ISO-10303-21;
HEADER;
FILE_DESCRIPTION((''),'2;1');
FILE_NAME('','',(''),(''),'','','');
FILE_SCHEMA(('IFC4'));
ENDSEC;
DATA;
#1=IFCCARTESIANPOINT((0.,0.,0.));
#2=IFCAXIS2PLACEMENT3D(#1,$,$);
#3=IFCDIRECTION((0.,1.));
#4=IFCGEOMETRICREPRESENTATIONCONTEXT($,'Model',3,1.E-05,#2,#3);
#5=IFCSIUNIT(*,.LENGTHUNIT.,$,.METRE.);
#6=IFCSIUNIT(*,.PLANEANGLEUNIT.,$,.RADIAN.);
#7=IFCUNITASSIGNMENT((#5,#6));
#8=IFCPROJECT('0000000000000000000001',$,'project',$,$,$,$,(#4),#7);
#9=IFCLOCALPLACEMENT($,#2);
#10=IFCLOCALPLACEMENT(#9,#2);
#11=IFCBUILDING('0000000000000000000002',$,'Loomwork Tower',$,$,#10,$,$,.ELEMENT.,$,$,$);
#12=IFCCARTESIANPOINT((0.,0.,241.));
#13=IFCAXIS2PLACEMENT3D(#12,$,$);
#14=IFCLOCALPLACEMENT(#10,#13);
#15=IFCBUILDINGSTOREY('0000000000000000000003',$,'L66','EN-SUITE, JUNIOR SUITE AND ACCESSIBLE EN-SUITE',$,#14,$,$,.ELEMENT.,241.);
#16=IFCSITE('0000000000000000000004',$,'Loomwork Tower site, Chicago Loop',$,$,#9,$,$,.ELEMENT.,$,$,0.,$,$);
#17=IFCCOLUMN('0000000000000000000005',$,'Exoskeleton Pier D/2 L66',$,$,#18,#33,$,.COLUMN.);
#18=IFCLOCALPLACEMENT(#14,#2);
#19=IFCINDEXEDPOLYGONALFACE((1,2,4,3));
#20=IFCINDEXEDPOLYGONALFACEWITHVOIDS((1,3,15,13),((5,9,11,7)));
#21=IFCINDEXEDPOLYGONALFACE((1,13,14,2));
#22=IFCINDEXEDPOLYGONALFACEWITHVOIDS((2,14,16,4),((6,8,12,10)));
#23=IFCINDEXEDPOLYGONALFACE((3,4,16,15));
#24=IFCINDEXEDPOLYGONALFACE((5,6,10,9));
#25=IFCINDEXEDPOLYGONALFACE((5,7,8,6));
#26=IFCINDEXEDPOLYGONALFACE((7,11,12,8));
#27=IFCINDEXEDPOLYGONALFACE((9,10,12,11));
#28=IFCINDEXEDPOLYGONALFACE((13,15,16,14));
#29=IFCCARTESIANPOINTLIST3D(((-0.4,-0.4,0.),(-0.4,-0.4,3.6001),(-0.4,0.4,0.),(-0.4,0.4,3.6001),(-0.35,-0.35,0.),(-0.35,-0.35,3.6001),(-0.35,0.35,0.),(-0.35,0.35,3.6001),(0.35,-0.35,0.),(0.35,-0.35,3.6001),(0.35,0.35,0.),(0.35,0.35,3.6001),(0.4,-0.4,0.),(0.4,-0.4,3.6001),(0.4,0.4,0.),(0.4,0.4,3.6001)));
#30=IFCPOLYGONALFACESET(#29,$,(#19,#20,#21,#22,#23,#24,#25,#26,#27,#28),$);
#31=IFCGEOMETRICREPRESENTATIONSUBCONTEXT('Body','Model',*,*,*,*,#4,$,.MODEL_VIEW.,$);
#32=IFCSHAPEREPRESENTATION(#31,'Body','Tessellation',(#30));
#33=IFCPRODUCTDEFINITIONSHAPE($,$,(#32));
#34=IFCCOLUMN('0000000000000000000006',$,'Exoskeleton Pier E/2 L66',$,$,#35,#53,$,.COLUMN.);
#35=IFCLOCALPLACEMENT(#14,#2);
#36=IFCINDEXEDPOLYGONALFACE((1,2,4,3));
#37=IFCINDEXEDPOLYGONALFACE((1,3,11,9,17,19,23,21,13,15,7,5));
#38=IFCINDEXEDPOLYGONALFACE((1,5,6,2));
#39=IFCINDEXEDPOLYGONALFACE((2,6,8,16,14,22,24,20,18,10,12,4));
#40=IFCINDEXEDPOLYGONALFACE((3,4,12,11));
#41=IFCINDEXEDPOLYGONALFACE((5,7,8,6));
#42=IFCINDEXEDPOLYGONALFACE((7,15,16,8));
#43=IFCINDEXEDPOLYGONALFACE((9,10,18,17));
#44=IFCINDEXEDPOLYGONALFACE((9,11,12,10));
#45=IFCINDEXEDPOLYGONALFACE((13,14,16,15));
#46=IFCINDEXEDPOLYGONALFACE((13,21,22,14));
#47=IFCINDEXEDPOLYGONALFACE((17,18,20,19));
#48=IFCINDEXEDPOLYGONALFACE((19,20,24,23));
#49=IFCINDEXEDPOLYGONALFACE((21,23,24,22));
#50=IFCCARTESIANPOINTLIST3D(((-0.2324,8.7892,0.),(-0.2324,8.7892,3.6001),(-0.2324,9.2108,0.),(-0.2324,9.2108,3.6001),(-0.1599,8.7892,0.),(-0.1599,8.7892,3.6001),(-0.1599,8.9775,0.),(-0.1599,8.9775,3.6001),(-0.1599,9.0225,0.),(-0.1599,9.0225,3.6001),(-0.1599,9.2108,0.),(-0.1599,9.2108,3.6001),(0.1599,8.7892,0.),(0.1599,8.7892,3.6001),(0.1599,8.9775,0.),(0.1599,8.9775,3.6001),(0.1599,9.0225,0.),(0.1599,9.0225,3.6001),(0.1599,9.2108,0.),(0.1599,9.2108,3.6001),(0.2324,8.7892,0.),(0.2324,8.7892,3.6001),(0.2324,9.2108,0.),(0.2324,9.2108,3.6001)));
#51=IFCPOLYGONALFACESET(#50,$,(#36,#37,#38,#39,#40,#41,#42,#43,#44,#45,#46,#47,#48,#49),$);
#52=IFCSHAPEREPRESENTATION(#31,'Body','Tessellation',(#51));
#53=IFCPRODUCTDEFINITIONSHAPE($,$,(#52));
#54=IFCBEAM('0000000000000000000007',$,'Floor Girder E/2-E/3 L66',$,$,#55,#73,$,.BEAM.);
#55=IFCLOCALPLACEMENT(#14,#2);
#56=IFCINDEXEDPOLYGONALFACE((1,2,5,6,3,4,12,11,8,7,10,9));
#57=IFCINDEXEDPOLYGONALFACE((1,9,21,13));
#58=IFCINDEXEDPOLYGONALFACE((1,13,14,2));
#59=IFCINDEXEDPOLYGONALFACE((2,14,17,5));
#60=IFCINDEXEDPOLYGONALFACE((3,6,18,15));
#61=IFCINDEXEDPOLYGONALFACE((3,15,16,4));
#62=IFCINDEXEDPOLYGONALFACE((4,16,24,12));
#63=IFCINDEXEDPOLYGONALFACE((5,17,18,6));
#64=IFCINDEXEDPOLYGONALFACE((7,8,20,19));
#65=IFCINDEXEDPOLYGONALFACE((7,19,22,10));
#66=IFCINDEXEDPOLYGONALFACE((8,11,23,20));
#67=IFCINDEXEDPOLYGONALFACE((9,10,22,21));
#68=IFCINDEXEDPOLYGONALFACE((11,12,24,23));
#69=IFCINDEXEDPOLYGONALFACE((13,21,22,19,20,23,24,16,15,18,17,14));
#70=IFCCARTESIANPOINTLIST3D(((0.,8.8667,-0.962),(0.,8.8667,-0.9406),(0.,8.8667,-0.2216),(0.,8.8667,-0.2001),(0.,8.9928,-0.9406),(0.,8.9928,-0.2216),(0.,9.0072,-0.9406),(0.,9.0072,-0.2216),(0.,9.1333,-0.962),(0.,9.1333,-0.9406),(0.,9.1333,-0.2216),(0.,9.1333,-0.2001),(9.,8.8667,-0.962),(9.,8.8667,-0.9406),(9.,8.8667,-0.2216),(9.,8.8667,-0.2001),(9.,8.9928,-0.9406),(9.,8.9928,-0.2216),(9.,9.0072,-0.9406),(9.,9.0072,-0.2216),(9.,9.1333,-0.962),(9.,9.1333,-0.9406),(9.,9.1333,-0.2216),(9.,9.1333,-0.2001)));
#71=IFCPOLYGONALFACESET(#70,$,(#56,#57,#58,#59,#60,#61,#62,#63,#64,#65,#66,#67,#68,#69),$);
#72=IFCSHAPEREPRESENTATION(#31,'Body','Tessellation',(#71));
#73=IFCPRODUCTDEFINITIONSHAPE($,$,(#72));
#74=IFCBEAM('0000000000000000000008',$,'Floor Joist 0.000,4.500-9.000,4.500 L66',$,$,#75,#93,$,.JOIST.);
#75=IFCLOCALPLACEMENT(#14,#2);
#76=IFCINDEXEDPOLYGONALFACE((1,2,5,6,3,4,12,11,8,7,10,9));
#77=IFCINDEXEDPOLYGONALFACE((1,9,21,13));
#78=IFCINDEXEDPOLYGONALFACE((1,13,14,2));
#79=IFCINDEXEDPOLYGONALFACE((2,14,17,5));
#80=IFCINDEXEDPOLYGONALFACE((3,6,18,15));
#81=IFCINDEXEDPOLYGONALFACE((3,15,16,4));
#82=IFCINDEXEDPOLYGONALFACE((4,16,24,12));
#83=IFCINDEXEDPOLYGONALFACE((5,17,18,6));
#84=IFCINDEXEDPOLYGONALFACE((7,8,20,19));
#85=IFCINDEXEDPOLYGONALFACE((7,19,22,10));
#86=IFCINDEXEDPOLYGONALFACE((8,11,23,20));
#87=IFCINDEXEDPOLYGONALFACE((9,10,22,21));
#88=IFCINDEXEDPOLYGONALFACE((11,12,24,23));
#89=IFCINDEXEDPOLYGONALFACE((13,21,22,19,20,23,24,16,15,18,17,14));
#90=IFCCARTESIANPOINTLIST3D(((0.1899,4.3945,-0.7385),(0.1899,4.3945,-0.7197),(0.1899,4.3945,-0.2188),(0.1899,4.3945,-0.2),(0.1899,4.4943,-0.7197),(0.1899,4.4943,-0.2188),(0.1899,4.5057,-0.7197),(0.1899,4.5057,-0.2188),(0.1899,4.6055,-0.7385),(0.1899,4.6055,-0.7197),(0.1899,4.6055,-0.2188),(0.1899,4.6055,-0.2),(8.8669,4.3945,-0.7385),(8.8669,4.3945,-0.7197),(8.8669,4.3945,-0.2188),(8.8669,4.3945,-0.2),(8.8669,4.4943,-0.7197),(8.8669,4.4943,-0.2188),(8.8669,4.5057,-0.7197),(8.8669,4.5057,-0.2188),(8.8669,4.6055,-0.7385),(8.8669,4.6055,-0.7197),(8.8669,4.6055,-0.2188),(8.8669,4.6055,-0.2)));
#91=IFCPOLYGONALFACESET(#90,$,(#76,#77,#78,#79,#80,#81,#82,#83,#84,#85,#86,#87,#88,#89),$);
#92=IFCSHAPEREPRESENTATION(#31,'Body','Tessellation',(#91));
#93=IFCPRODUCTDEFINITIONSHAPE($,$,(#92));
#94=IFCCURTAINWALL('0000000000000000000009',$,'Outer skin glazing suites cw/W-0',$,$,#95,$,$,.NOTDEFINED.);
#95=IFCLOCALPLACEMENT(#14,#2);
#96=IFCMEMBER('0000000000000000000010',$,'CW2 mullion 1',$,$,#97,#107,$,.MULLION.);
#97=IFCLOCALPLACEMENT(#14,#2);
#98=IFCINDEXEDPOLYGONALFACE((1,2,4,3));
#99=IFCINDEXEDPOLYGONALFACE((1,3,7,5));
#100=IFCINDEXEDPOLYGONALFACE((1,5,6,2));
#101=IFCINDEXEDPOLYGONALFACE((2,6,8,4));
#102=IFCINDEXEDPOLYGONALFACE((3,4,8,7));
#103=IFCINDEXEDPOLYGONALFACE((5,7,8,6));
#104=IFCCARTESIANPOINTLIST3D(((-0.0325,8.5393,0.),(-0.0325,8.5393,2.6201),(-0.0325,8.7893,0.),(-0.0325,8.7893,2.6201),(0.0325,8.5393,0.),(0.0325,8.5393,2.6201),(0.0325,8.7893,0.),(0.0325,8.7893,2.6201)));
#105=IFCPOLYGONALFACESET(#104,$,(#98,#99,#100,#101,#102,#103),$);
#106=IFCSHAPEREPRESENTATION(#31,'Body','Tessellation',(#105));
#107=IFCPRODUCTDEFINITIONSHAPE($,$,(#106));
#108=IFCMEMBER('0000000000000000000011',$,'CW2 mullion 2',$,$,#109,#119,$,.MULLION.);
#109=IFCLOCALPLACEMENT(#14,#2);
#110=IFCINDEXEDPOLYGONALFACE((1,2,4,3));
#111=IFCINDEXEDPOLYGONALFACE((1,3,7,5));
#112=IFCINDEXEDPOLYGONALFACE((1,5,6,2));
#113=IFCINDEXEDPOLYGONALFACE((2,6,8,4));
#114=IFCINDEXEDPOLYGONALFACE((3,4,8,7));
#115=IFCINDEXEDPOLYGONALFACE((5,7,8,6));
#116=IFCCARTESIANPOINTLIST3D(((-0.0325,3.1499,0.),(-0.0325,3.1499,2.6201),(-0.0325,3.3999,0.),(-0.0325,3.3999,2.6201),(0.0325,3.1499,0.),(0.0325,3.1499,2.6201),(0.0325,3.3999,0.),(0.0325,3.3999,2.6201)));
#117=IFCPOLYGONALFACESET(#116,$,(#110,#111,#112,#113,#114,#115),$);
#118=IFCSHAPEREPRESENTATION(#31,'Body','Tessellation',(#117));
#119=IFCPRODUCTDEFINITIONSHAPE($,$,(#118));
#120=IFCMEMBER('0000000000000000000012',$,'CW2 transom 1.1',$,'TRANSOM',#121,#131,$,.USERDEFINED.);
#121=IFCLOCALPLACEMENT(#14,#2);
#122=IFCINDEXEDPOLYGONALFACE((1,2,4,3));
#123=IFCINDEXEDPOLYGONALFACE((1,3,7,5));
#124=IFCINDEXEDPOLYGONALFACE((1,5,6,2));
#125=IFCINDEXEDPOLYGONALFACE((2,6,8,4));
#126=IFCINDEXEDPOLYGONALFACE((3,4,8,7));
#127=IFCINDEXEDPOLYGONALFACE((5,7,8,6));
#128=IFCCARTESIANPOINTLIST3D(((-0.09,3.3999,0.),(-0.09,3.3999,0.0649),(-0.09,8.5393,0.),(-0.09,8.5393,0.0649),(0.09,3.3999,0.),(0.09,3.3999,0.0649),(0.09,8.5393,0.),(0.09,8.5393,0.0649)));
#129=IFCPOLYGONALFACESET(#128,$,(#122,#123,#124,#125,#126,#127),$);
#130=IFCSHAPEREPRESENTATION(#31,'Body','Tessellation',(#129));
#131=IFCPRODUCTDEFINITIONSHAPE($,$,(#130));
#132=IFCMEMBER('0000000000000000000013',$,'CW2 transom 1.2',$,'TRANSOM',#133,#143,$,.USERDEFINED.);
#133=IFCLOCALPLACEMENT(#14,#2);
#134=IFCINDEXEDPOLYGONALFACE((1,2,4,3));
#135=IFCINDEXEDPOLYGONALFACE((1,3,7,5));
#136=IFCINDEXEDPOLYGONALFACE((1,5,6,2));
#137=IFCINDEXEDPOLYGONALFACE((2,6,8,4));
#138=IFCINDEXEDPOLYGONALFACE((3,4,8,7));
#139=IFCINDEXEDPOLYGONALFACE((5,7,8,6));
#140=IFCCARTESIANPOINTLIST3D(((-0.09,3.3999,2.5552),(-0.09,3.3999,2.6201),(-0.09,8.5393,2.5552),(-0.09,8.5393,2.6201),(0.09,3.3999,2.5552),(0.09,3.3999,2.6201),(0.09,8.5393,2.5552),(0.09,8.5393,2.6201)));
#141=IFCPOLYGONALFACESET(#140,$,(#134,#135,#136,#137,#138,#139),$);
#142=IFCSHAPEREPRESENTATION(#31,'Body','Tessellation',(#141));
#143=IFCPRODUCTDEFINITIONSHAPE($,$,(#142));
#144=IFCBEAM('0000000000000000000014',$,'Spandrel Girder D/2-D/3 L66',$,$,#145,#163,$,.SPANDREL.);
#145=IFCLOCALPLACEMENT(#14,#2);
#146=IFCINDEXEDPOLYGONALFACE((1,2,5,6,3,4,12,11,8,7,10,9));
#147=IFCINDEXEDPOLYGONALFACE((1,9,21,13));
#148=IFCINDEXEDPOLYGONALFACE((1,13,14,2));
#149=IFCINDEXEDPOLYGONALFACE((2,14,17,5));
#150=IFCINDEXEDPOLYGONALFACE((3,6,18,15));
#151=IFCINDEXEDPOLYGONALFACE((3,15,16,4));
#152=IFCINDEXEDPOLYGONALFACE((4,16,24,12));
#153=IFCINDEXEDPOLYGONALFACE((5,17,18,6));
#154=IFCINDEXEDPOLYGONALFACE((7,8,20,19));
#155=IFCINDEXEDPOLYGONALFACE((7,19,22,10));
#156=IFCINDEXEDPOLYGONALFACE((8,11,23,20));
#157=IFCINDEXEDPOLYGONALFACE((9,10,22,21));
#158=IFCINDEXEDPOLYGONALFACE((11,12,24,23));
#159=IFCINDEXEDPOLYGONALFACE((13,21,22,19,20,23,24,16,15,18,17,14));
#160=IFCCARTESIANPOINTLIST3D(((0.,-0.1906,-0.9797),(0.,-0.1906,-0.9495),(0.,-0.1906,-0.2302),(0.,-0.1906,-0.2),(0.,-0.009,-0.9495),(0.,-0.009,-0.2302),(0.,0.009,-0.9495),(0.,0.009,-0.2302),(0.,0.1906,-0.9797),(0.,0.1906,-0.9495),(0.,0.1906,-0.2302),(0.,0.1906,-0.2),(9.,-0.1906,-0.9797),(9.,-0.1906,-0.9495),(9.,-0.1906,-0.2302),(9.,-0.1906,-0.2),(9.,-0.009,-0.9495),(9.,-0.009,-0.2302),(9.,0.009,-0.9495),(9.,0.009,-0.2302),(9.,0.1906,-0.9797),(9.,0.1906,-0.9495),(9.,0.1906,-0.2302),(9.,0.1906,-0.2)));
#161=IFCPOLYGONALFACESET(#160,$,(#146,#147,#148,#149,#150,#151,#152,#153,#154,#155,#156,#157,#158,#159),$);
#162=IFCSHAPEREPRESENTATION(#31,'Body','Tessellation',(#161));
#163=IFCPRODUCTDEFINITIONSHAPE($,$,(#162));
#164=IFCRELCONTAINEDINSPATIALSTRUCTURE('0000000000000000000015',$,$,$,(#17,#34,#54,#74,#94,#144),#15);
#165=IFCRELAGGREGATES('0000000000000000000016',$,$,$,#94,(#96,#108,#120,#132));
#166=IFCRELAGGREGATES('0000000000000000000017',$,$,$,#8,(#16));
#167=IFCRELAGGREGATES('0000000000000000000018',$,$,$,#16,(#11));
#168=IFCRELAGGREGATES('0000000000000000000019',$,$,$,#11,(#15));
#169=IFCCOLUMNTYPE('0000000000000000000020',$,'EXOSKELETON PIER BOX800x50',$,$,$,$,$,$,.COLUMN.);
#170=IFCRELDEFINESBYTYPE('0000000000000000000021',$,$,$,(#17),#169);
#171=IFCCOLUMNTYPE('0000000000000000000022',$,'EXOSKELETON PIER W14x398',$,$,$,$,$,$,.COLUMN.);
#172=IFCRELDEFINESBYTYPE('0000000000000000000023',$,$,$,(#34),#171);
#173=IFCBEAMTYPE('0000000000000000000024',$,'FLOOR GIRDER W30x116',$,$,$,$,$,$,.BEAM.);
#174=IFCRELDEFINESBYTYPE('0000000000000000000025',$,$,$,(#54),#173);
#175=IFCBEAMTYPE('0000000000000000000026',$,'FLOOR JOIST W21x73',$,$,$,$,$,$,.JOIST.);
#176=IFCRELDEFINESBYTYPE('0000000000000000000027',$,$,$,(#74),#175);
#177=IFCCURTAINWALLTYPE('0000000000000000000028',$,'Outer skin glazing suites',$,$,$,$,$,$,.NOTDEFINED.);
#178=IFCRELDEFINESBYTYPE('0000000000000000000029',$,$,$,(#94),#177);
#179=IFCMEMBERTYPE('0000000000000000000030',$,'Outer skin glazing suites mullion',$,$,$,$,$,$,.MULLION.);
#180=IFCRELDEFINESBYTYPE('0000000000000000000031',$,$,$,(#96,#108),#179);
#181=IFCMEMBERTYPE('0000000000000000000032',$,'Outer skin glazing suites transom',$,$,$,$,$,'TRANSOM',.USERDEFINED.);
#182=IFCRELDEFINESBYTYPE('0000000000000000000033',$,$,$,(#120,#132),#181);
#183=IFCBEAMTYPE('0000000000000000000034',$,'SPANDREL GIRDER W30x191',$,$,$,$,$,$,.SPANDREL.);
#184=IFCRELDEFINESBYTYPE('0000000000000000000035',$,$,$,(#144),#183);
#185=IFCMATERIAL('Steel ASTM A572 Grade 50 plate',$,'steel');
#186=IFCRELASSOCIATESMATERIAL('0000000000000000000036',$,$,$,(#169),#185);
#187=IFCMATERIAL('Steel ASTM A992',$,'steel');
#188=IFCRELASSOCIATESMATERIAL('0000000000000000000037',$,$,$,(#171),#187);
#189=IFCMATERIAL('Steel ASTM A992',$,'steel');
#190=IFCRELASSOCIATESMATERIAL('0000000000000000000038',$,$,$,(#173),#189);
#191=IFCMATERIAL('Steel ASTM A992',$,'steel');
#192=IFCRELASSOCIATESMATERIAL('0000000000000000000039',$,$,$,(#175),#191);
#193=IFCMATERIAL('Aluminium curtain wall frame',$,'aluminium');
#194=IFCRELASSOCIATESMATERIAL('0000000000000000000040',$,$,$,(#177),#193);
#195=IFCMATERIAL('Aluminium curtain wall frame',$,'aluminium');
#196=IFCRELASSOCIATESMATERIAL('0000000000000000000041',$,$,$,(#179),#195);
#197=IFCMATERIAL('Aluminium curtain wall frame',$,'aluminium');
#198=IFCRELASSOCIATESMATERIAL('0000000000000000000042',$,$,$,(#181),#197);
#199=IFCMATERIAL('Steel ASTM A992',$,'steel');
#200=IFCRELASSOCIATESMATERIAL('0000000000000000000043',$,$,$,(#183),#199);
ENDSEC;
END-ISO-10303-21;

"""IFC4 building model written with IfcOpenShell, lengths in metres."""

from ifc_helpers import new_model, si_unit, direction, frame, origin, origin_with_axes, origin_2d, place, context, subcontext, project, spatial, rectangle, hollow_rectangle, i_section, extrude, material, material_profile, profile_set, type_object, element, aggregate, save


model = new_model("IFC4")

# Units and contexts
model_context = context("Model", 3, precision=1e-05, world=origin(), true_north=direction((0.0, 1.0)))
body_context = subcontext(model_context, "Body", "Model", "MODEL_VIEW")
ifc_project = project(units=[si_unit("LENGTHUNIT", "METRE"), si_unit("PLANEANGLEUNIT", "RADIAN")], contexts=[model_context])

# Site, building, storey
site_placement = place(None, origin())
site = spatial("IfcSite", under=ifc_project, at=site_placement, Name="Loomwork Tower site, Chicago Loop", CompositionType="ELEMENT", RefElevation=0.0)
building_placement = place(site_placement, origin())
building = spatial("IfcBuilding", under=site, at=building_placement, Name="Loomwork Tower", CompositionType="ELEMENT")
storey_placement = place(building_placement, frame((0.0, 0.0, 241.0)))
storey = spatial("IfcBuildingStorey", under=building, at=storey_placement, Name="L66", Description="EN-SUITE, JUNIOR SUITE AND ACCESSIBLE EN-SUITE", CompositionType="ELEMENT", Elevation=241.0)

# Columns
ifc_material_1 = material(Name="Steel ASTM A572 Grade 50 plate", Category="steel")
ifc_material_profile_1 = material_profile(ifc_material_1, hollow_rectangle(XDim=0.8, YDim=0.8, WallThickness=0.05, at=origin_2d()), Name="BOX800x50")
ifc_profile_set_1 = profile_set([ifc_material_profile_1], Name="Steel ASTM A572 Grade 50 plate")
column_type_1 = type_object("IfcColumnType", Name="EXOSKELETON PIER BOX800x50", PredefinedType="COLUMN", material=ifc_profile_set_1)
column_1_placement = place(storey_placement, origin_with_axes())
element("IfcColumn", 1, at=column_1_placement, inside=storey, type_object=column_type_1, Name="Exoskeleton Pier D/2 L66", PredefinedType="COLUMN", context=body_context, shape_type="SweptSolid", body=[
    extrude(hollow_rectangle(XDim=0.8, YDim=0.8, WallThickness=0.05, at=origin_2d()), origin(), (0.0, 0.0, 1.0), 3.6001),
])
ifc_material_2 = material(Name="Steel ASTM A992", Category="steel")
ifc_material_profile_2 = material_profile(ifc_material_2, i_section(OverallWidth=0.4216, OverallDepth=0.4648, WebThickness=0.0449, FlangeThickness=0.0725, at=origin_2d()), Name="W14x398")
ifc_profile_set_2 = profile_set([ifc_material_profile_2], Name="Steel ASTM A992")
column_type_2 = type_object("IfcColumnType", Name="EXOSKELETON PIER W14x398", PredefinedType="COLUMN", material=ifc_profile_set_2)
column_2_placement = place(storey_placement, frame((0.0, 9.0, 0.0), z_axis=(0.0, 0.0, 1.0), x_axis=(0.0, 1.0, 0.0)))
element("IfcColumn", 2, at=column_2_placement, inside=storey, type_object=column_type_2, Name="Exoskeleton Pier E/2 L66", PredefinedType="COLUMN", context=body_context, shape_type="SweptSolid", body=[
    extrude(i_section(OverallWidth=0.4216, OverallDepth=0.4648, WebThickness=0.0449, FlangeThickness=0.0725, at=origin_2d()), origin(), (0.0, 0.0, 1.0), 3.6001),
])

# Beams
ifc_material_3 = material(Name="Steel ASTM A992", Category="steel")
ifc_material_profile_3 = material_profile(ifc_material_3, i_section(OverallWidth=0.2666, OverallDepth=0.762, WebThickness=0.0144, FlangeThickness=0.0215, at=origin_2d()), Name="W30x116")
ifc_profile_set_3 = profile_set([ifc_material_profile_3], Name="Steel ASTM A992")
beam_type_1 = type_object("IfcBeamType", Name="FLOOR GIRDER W30x116", PredefinedType="BEAM", material=ifc_profile_set_3)
beam_1_placement = place(storey_placement, frame((0.0, 9.0, -0.5811), z_axis=(1.0, 0.0, 0.0), x_axis=(0.0, 1.0, 0.0)))
element("IfcBeam", 3, at=beam_1_placement, inside=storey, type_object=beam_type_1, Name="Floor Girder E/2-E/3 L66", PredefinedType="BEAM", context=body_context, shape_type="SweptSolid", body=[
    extrude(i_section(OverallWidth=0.2666, OverallDepth=0.762, WebThickness=0.0144, FlangeThickness=0.0215, at=origin_2d()), origin(), (0.0, 0.0, 1.0), 9.0),
])
ifc_material_4 = material(Name="Steel ASTM A992", Category="steel")
ifc_material_profile_4 = material_profile(ifc_material_4, i_section(OverallWidth=0.2109, OverallDepth=0.5386, WebThickness=0.0115, FlangeThickness=0.0188, at=origin_2d()), Name="W21x73")
ifc_profile_set_4 = profile_set([ifc_material_profile_4], Name="Steel ASTM A992")
beam_type_2 = type_object("IfcBeamType", Name="FLOOR JOIST W21x73", PredefinedType="JOIST", material=ifc_profile_set_4)
beam_2_placement = place(storey_placement, frame((0.1899, 4.5, -0.4692), z_axis=(1.0, 0.0, 0.0), x_axis=(0.0, 1.0, 0.0)))
element("IfcBeam", 4, at=beam_2_placement, inside=storey, type_object=beam_type_2, Name="Floor Joist 0.000,4.500-9.000,4.500 L66", PredefinedType="JOIST", context=body_context, shape_type="SweptSolid", body=[
    extrude(i_section(OverallWidth=0.2109, OverallDepth=0.5386, WebThickness=0.0115, FlangeThickness=0.0188, at=origin_2d()), origin(), (0.0, 0.0, 1.0), 8.677),
])

# Curtain wall, members
ifc_material_5 = material(Name="Aluminium curtain wall frame", Category="aluminium")
curtain_wall_type = type_object("IfcCurtainWallType", Name="Outer skin glazing suites", PredefinedType="NOTDEFINED", material=ifc_material_5)
curtain_wall_placement = place(storey_placement, origin())
curtain_wall = element("IfcCurtainWall", 5, at=curtain_wall_placement, inside=storey, type_object=curtain_wall_type, Name="Outer skin glazing suites cw/W-0", PredefinedType="NOTDEFINED")
ifc_material_6 = material(Name="Aluminium curtain wall frame", Category="aluminium")
ifc_material_profile_5 = material_profile(ifc_material_6, rectangle(XDim=0.0649, YDim=0.25, at=origin_2d()), Name="AL 65x250")
ifc_profile_set_5 = profile_set([ifc_material_profile_5], Name="Aluminium curtain wall frame")
member_type_1 = type_object("IfcMemberType", Name="Outer skin glazing suites mullion", PredefinedType="MULLION", material=ifc_profile_set_5)
member_1_placement = place(storey_placement, frame((0.0, 8.6643, 0.0), z_axis=(0.0, 0.0, 1.0), x_axis=(1.0, 0.0, 0.0)))
member_1 = element("IfcMember", 6, at=member_1_placement, type_object=member_type_1, Name="CW2 mullion 1", PredefinedType="MULLION", context=body_context, shape_type="SweptSolid", body=[
    extrude(rectangle(XDim=0.0649, YDim=0.25, at=origin_2d()), origin(), (0.0, 0.0, 1.0), 2.6201),
])
member_2_placement = place(storey_placement, frame((0.0, 3.2749, 0.0), z_axis=(0.0, 0.0, 1.0), x_axis=(1.0, 0.0, 0.0)))
member_2 = element("IfcMember", 7, at=member_2_placement, type_object=member_type_1, Name="CW2 mullion 2", PredefinedType="MULLION", context=body_context, shape_type="SweptSolid", body=[
    extrude(rectangle(XDim=0.0649, YDim=0.25, at=origin_2d()), origin(), (0.0, 0.0, 1.0), 2.6201),
])
ifc_material_7 = material(Name="Aluminium curtain wall frame", Category="aluminium")
ifc_material_profile_6 = material_profile(ifc_material_7, rectangle(XDim=0.1799, YDim=0.0649, at=origin_2d()), Name="AL 65x180")
ifc_profile_set_6 = profile_set([ifc_material_profile_6], Name="Aluminium curtain wall frame")
member_type_2 = type_object("IfcMemberType", Name="Outer skin glazing suites transom", ElementType="TRANSOM", PredefinedType="USERDEFINED", material=ifc_profile_set_6)
member_3_placement = place(storey_placement, frame((0.0, 8.5393, 0.0325), z_axis=(0.0, -1.0, 0.0), x_axis=(1.0, 0.0, 0.0)))
member_3 = element("IfcMember", 8, at=member_3_placement, type_object=member_type_2, Name="CW2 transom 1.1", ObjectType="TRANSOM", PredefinedType="USERDEFINED", context=body_context, shape_type="SweptSolid", body=[
    extrude(rectangle(XDim=0.1799, YDim=0.0649, at=origin_2d()), origin(), (0.0, 0.0, 1.0), 5.1394),
])
member_4_placement = place(storey_placement, frame((0.0, 8.5393, 2.5876), z_axis=(0.0, -1.0, 0.0), x_axis=(1.0, 0.0, 0.0)))
member_4 = element("IfcMember", 9, at=member_4_placement, type_object=member_type_2, Name="CW2 transom 1.2", ObjectType="TRANSOM", PredefinedType="USERDEFINED", context=body_context, shape_type="SweptSolid", body=[
    extrude(rectangle(XDim=0.1799, YDim=0.0649, at=origin_2d()), origin(), (0.0, 0.0, 1.0), 5.1394),
])

# Beam
ifc_material_8 = material(Name="Steel ASTM A992", Category="steel")
ifc_material_profile_7 = material_profile(ifc_material_8, i_section(OverallWidth=0.3811, OverallDepth=0.7798, WebThickness=0.0181, FlangeThickness=0.0303, at=origin_2d()), Name="W30x191")
ifc_profile_set_7 = profile_set([ifc_material_profile_7], Name="Steel ASTM A992")
beam_type_3 = type_object("IfcBeamType", Name="SPANDREL GIRDER W30x191", PredefinedType="SPANDREL", material=ifc_profile_set_7)
for number, where, z_axis, x_axis, name in (
    (10, (0.0, 0.0, -0.5898), (1.0, 0.0, 0.0), (0.0, 1.0, 0.0), "Spandrel Girder D/2-D/3 L66"),
):
    element("IfcBeam", number, at=place(storey_placement, frame(where, z_axis=z_axis, x_axis=x_axis)), inside=storey, type_object=beam_type_3, Name=name, PredefinedType="SPANDREL", context=body_context, shape_type="SweptSolid", body=[
        extrude(i_section(OverallWidth=0.3811, OverallDepth=0.7798, WebThickness=0.0181, FlangeThickness=0.0303, at=origin_2d()), origin(), (0.0, 0.0, 1.0), 9.0),
    ])

aggregate(curtain_wall, [member_1, member_2, member_3, member_4])

save(model, "model.ifc")
